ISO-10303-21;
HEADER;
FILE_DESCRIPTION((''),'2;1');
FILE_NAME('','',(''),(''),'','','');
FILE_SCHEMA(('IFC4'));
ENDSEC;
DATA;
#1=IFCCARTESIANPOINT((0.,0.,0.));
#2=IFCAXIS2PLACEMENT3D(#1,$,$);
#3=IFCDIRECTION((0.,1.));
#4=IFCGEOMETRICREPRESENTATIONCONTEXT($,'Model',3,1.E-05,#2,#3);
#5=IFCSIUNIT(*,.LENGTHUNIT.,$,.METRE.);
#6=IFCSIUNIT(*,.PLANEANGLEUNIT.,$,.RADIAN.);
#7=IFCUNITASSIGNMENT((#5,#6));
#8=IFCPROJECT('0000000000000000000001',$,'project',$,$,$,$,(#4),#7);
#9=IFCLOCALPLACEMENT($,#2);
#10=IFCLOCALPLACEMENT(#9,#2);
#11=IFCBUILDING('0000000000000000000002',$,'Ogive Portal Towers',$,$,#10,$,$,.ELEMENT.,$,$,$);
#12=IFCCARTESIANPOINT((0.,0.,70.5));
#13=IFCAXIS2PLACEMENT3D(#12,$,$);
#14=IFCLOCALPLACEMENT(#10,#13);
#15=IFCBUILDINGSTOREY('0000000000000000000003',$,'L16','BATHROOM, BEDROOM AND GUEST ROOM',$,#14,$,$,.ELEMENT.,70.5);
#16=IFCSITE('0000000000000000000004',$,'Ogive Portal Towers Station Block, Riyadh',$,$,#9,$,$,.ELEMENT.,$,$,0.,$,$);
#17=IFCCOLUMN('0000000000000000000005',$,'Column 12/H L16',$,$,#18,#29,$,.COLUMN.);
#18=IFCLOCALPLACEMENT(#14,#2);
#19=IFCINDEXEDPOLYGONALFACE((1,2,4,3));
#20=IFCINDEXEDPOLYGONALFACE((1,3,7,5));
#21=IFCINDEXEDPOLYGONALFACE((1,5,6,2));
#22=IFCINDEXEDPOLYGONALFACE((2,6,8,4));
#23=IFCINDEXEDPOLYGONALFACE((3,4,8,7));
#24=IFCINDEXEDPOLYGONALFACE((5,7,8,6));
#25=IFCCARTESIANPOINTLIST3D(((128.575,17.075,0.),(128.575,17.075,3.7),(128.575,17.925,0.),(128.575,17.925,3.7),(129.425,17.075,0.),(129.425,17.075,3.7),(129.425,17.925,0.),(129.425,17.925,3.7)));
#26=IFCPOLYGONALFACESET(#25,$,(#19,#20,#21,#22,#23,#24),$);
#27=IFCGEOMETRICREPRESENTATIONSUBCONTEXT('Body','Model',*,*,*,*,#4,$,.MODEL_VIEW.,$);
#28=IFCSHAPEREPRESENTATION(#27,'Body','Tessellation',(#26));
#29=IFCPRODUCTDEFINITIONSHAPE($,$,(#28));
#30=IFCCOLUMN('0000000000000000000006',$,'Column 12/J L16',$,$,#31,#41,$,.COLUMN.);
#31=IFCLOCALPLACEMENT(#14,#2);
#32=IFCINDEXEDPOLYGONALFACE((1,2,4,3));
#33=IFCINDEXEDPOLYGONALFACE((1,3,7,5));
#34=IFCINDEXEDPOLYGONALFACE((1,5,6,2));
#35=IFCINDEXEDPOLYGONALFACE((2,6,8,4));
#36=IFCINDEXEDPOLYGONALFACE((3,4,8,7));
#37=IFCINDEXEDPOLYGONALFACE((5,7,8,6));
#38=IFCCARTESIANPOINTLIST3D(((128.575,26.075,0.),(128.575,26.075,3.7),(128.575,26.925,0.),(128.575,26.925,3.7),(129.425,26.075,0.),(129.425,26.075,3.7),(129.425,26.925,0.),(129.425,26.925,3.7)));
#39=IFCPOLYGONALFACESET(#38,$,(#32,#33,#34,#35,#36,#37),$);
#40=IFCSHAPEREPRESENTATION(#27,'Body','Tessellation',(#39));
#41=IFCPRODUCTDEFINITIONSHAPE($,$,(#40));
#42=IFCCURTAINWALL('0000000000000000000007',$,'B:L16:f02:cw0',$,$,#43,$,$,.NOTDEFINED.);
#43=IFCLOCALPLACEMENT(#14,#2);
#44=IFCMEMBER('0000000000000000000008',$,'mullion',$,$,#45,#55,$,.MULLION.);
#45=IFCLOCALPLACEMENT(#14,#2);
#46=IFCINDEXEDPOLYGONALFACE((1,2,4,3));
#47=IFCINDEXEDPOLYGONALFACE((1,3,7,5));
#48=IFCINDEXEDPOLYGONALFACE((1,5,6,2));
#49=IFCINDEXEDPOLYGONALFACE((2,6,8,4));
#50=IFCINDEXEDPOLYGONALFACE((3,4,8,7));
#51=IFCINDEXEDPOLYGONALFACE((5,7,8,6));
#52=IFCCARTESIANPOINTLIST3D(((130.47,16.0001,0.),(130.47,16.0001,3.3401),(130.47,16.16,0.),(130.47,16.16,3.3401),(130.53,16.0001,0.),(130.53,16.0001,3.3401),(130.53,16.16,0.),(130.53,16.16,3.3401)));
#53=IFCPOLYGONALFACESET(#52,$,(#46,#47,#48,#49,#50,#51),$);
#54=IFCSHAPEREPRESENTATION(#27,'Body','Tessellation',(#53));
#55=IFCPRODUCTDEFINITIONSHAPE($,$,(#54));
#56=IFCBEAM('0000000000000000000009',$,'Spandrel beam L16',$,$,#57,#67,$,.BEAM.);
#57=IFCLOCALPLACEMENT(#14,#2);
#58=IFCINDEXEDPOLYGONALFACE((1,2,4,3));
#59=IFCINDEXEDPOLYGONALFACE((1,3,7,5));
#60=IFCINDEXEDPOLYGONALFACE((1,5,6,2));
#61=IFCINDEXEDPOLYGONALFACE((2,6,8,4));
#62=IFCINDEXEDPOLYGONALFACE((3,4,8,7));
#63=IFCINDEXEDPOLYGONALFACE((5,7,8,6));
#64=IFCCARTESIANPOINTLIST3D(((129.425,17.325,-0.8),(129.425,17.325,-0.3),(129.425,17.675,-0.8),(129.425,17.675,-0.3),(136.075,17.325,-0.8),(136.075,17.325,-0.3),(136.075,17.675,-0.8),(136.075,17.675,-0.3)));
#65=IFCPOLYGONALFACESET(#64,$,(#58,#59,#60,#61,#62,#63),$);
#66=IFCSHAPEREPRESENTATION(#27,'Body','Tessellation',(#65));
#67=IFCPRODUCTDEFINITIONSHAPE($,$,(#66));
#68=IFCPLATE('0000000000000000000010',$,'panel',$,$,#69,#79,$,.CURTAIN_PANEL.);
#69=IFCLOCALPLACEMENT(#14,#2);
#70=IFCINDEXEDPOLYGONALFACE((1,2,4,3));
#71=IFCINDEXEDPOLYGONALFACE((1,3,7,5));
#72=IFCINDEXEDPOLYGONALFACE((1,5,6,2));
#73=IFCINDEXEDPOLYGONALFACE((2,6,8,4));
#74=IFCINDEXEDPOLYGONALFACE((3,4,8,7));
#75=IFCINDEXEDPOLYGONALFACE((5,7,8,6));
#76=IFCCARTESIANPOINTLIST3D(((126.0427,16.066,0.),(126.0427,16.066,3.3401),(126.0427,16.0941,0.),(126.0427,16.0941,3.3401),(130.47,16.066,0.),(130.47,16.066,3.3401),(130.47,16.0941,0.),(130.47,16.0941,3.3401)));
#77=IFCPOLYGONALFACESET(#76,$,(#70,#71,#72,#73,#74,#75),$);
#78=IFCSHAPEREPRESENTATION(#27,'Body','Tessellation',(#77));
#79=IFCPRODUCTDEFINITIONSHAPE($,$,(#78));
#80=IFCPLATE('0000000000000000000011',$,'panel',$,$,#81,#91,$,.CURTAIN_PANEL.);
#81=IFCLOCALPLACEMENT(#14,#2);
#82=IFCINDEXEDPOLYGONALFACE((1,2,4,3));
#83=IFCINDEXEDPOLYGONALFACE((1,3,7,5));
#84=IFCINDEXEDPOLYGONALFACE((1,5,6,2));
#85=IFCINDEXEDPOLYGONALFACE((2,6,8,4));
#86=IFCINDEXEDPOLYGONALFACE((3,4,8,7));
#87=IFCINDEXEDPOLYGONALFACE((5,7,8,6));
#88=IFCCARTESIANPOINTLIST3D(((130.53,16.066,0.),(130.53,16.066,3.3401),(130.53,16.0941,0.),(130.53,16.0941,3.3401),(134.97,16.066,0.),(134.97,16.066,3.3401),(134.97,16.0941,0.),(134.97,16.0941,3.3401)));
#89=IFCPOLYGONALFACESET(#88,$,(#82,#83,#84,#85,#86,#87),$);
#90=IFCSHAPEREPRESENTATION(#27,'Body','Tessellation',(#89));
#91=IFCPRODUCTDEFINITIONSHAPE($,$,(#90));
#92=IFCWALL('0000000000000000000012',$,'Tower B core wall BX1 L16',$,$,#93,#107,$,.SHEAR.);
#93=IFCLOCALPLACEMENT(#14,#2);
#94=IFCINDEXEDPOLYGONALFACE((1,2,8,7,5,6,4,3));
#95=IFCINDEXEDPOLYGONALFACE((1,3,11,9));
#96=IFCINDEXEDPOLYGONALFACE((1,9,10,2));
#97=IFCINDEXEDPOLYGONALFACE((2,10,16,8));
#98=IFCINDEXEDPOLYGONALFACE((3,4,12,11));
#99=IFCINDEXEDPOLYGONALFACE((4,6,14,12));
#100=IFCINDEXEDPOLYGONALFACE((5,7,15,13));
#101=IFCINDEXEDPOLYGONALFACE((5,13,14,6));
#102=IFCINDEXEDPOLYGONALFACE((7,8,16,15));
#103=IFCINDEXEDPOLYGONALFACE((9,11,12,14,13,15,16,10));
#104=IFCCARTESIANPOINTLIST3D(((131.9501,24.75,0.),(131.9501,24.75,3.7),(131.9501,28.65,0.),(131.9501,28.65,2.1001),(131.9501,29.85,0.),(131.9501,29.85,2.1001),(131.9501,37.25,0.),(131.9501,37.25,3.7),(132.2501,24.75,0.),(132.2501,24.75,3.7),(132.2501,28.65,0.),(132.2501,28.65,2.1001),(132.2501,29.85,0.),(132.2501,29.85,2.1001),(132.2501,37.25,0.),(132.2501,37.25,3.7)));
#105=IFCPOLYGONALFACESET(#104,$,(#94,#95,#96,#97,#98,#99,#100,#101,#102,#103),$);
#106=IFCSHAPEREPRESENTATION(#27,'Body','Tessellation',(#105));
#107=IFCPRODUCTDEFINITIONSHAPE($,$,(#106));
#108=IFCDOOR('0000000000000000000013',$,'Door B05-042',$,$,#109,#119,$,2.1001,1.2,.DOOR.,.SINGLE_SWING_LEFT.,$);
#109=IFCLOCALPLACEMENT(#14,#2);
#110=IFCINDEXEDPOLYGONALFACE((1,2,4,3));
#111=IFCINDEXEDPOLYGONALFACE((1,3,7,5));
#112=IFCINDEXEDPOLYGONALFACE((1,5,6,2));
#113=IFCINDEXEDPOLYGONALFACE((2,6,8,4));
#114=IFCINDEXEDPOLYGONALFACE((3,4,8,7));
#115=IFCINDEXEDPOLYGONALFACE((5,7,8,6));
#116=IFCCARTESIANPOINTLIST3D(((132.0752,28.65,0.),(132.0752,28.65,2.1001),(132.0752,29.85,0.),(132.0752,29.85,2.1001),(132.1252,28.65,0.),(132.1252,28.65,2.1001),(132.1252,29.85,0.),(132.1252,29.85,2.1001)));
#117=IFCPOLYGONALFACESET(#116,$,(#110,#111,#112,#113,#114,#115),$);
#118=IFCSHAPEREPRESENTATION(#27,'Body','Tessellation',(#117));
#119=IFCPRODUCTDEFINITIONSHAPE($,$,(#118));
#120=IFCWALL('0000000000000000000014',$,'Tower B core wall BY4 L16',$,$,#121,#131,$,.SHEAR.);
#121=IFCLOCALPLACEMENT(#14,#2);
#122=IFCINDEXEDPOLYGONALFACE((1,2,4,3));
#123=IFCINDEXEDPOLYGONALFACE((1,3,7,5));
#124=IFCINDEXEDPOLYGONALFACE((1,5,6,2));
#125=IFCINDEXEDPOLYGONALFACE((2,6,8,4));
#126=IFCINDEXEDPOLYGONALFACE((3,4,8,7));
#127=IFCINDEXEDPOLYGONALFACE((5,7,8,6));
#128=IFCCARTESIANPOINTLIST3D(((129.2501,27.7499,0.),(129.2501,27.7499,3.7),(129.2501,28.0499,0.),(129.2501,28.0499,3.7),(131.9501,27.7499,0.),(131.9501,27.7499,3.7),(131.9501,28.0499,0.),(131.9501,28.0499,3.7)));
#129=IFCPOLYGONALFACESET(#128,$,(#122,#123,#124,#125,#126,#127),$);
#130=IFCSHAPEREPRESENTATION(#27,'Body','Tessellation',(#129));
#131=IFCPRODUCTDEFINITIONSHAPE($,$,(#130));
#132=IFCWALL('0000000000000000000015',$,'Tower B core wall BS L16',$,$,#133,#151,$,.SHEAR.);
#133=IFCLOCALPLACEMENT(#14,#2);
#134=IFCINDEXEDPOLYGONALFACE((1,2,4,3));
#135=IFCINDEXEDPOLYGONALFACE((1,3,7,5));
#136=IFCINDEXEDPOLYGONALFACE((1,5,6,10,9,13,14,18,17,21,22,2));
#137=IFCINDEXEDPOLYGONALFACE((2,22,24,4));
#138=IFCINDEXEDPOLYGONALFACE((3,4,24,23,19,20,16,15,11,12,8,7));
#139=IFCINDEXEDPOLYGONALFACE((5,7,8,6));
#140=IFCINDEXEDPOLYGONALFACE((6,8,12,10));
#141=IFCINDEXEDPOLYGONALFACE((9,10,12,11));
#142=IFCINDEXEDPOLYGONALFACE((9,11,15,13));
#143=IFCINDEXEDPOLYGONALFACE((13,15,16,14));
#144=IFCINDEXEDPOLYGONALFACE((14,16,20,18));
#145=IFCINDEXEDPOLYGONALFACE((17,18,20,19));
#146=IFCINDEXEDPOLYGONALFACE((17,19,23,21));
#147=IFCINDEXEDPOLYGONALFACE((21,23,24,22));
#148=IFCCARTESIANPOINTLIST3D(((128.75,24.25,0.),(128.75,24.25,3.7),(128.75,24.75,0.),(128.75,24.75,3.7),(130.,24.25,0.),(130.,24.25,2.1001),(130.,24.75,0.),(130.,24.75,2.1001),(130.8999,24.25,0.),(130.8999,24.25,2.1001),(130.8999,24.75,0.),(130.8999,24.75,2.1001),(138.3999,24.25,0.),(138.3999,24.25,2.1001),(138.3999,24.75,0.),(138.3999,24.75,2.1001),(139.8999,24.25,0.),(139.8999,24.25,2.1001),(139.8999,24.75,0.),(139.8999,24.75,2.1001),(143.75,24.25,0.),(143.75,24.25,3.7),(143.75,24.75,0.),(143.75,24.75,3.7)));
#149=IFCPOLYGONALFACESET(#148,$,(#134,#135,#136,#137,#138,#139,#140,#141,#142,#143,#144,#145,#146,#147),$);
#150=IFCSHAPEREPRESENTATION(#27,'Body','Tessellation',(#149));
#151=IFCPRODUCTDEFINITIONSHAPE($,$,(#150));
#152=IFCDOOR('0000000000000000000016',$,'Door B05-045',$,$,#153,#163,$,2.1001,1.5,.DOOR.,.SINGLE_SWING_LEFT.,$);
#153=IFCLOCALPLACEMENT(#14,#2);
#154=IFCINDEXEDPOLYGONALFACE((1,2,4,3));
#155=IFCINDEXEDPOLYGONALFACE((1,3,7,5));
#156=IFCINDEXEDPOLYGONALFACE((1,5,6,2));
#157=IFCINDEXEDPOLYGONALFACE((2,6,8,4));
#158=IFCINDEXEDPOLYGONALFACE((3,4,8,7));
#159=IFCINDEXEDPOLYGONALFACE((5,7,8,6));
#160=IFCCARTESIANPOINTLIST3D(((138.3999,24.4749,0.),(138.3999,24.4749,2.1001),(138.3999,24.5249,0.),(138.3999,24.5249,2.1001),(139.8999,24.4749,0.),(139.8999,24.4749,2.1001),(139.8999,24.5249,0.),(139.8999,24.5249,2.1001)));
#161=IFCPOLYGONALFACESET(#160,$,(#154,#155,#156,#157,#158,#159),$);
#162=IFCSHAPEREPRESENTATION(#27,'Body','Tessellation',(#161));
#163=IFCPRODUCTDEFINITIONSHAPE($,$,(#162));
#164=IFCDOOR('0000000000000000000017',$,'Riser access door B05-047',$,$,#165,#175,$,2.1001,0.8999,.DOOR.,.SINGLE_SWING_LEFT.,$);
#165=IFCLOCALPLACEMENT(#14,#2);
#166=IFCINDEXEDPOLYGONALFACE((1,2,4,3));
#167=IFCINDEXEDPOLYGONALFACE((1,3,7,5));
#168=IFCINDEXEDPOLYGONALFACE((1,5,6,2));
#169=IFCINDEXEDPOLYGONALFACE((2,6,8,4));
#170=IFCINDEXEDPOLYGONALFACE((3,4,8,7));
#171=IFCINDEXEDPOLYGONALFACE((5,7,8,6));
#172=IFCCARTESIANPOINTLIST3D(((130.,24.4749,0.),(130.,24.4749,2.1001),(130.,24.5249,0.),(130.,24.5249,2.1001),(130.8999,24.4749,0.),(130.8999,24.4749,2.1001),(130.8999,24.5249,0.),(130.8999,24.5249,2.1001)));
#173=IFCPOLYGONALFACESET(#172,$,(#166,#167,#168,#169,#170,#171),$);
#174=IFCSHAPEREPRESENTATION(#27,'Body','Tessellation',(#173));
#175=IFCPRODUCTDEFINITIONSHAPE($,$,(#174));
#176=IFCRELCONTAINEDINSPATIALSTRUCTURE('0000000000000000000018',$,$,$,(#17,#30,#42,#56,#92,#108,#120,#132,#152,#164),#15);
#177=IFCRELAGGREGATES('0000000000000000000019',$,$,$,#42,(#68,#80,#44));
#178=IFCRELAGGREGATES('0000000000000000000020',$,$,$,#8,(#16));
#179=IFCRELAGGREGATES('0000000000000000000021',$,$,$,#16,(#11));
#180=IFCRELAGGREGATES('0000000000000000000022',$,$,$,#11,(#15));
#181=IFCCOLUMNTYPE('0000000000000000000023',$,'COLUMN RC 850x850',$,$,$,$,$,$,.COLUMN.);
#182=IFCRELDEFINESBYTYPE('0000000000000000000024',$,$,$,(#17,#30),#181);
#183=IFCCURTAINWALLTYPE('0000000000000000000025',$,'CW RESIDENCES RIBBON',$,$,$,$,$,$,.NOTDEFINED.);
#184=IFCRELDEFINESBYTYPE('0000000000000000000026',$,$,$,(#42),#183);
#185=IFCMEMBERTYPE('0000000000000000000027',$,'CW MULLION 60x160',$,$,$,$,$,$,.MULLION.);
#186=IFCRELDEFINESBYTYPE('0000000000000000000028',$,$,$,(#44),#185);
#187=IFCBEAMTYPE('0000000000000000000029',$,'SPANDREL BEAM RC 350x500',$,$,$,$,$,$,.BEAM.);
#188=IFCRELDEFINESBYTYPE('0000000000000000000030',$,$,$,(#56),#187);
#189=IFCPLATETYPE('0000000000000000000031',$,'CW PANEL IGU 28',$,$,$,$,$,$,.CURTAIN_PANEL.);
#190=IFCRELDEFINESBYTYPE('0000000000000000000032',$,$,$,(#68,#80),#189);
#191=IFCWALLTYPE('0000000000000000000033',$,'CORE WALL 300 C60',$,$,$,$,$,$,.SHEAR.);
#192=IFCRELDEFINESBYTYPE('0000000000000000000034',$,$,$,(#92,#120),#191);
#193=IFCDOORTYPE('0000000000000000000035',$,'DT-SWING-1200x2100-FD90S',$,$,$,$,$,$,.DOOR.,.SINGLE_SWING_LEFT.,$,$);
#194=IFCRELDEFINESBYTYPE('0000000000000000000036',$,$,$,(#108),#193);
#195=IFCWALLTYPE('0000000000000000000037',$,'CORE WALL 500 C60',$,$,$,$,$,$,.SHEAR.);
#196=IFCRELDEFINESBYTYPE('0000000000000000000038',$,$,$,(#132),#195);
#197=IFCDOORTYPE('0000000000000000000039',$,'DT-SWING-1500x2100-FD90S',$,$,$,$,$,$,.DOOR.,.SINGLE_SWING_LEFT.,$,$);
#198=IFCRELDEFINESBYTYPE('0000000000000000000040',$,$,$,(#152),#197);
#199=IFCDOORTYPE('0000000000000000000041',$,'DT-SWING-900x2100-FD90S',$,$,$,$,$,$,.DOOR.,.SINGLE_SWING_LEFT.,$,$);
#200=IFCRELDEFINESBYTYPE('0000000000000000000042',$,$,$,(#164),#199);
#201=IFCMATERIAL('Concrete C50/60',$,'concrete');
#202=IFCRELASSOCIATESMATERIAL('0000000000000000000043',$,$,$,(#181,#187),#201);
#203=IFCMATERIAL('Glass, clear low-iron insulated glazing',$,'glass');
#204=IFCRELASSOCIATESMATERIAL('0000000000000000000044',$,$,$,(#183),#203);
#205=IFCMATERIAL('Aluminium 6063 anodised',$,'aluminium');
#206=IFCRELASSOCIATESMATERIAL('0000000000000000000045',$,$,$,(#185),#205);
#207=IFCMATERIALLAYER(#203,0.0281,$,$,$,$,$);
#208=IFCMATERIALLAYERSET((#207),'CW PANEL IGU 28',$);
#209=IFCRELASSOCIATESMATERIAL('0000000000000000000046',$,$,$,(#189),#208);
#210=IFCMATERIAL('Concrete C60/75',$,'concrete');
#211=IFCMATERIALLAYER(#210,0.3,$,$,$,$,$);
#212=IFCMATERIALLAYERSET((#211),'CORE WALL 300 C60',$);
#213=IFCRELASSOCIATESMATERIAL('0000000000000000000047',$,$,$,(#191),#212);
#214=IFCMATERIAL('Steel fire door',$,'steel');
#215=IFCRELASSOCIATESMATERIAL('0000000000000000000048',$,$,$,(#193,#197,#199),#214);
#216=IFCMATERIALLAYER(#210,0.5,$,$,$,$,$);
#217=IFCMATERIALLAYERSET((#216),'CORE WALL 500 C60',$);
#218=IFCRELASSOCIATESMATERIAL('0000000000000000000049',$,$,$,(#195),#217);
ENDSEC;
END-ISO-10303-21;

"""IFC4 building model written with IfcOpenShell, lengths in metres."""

from ifc_helpers import new_model, si_unit, direction, frame, frame_2d, origin, origin_2d, place, context, subcontext, project, spatial, rectangle, extrude, material, layer, layer_set, material_profile, profile_set, type_object, element, fill, aggregate, save


model = new_model("IFC4")

# Units and contexts
model_context = context("Model", 3, precision=1e-05, world=origin(), true_north=direction((0.0, 1.0)))
body_context = subcontext(model_context, "Body", "Model", "MODEL_VIEW")
ifc_project = project(units=[si_unit("LENGTHUNIT", "METRE"), si_unit("PLANEANGLEUNIT", "RADIAN")], contexts=[model_context])

# Site, building, storey
site_placement = place(None, origin())
site = spatial("IfcSite", under=ifc_project, at=site_placement, Name="Ogive Portal Towers Station Block, Riyadh", CompositionType="ELEMENT", RefElevation=0.0)
building_placement = place(site_placement, origin())
building = spatial("IfcBuilding", under=site, at=building_placement, Name="Ogive Portal Towers", CompositionType="ELEMENT")
storey_placement = place(building_placement, frame((0.0, 0.0, 70.5)))
storey = spatial("IfcBuildingStorey", under=building, at=storey_placement, Name="L16", Description="BATHROOM, BEDROOM AND GUEST ROOM", CompositionType="ELEMENT", Elevation=70.5)

# Columns
ifc_material_1 = material(Name="Concrete C50/60", Category="concrete")
ifc_material_profile_1 = material_profile(ifc_material_1, rectangle(XDim=0.8501, YDim=0.8501, at=origin_2d()), Name="RC 850x850")
ifc_profile_set_1 = profile_set([ifc_material_profile_1], Name="Concrete C50/60")
column_type = type_object("IfcColumnType", Name="COLUMN RC 850x850", PredefinedType="COLUMN", material=ifc_profile_set_1)
for number, where, z_axis, x_axis, name in (
    (1, (129.0, 17.5, 0.0), (0.0, 0.0, 1.0), (1.0, 0.0, 0.0), "Column 12/H L16"),
    (2, (129.0, 26.5, 0.0), (0.0, 0.0, 1.0), (1.0, 0.0, 0.0), "Column 12/J L16"),
):
    element("IfcColumn", number, at=place(storey_placement, frame(where, z_axis=z_axis, x_axis=x_axis)), inside=storey, type_object=column_type, Name=name, PredefinedType="COLUMN", context=body_context, shape_type="SweptSolid", body=[
        extrude(rectangle(XDim=0.8501, YDim=0.8501, at=origin_2d()), origin(), (0.0, 0.0, 1.0), 3.7),
    ])

# Curtain wall, member
ifc_material_2 = material(Name="Glass, clear low-iron insulated glazing", Category="glass")
curtain_wall_type = type_object("IfcCurtainWallType", Name="CW RESIDENCES RIBBON", PredefinedType="NOTDEFINED", material=ifc_material_2)
curtain_wall_placement = place(storey_placement, origin())
curtain_wall = element("IfcCurtainWall", 3, at=curtain_wall_placement, inside=storey, type_object=curtain_wall_type, Name="B:L16:f02:cw0", PredefinedType="NOTDEFINED")
ifc_material_3 = material(Name="Aluminium 6063 anodised", Category="aluminium")
ifc_material_profile_2 = material_profile(ifc_material_3, rectangle(XDim=0.1599, YDim=0.0601, at=origin_2d()), Name="AL 60x160")
ifc_profile_set_2 = profile_set([ifc_material_profile_2], Name="Aluminium 6063 anodised")
member_type = type_object("IfcMemberType", Name="CW MULLION 60x160", PredefinedType="MULLION", material=ifc_profile_set_2)
member_placement = place(storey_placement, frame((130.5, 16.0801, 0.0), z_axis=(0.0, 0.0, 1.0), x_axis=(0.0, 1.0, 0.0)))
member = element("IfcMember", 4, at=member_placement, type_object=member_type, Name="mullion", PredefinedType="MULLION", context=body_context, shape_type="SweptSolid", body=[
    extrude(rectangle(XDim=0.1599, YDim=0.0601, at=origin_2d()), origin(), (0.0, 0.0, 1.0), 3.3401),
])

# Beam
ifc_material_profile_3 = material_profile(ifc_material_1, rectangle(XDim=0.3501, YDim=0.5, at=origin_2d()), Name="RC 350x500")
ifc_profile_set_3 = profile_set([ifc_material_profile_3], Name="Concrete C50/60")
beam_type = type_object("IfcBeamType", Name="SPANDREL BEAM RC 350x500", PredefinedType="BEAM", material=ifc_profile_set_3)
beam_placement = place(storey_placement, frame((129.425, 17.5, -0.55), z_axis=(1.0, 0.0, 0.0), x_axis=(0.0, 1.0, 0.0)))
element("IfcBeam", 5, at=beam_placement, inside=storey, type_object=beam_type, Name="Spandrel beam L16", PredefinedType="BEAM", context=body_context, shape_type="SweptSolid", body=[
    extrude(rectangle(XDim=0.3501, YDim=0.5, at=origin_2d()), origin(), (0.0, 0.0, 1.0), 6.6499),
])

# Plates
ifc_layer_1 = layer(ifc_material_2, 0.0281)
ifc_layer_set_1 = layer_set([ifc_layer_1], Name="CW PANEL IGU 28")
plate_type = type_object("IfcPlateType", Name="CW PANEL IGU 28", PredefinedType="CURTAIN_PANEL", material=ifc_layer_set_1)
plate_1_placement = place(storey_placement, frame((128.2563, 16.0801, 0.0), z_axis=(0.0, 0.0, 1.0), x_axis=(1.0, 0.0, 0.0)))
plate_1 = element("IfcPlate", 6, at=plate_1_placement, type_object=plate_type, Name="panel", PredefinedType="CURTAIN_PANEL", context=body_context, shape_type="SweptSolid", body=[
    extrude(rectangle(XDim=4.4272, YDim=0.0281, at=origin_2d()), origin(), (0.0, 0.0, 1.0), 3.3401),
])
plate_2_placement = place(storey_placement, frame((132.75, 16.0801, 0.0), z_axis=(0.0, 0.0, 1.0), x_axis=(1.0, 0.0, 0.0)))
plate_2 = element("IfcPlate", 7, at=plate_2_placement, type_object=plate_type, Name="panel", PredefinedType="CURTAIN_PANEL", context=body_context, shape_type="SweptSolid", body=[
    extrude(rectangle(XDim=4.4399, YDim=0.0281, at=origin_2d()), origin(), (0.0, 0.0, 1.0), 3.3401),
])
aggregate(curtain_wall, [plate_1, plate_2, member])

# Wall, opening, door
ifc_material_4 = material(Name="Concrete C60/75", Category="concrete")
ifc_layer_2 = layer(ifc_material_4, 0.3)
ifc_layer_set_2 = layer_set([ifc_layer_2], Name="CORE WALL 300 C60")
wall_type_1 = type_object("IfcWallType", Name="CORE WALL 300 C60", PredefinedType="SHEAR", material=ifc_layer_set_2)
wall_1_placement = place(storey_placement, frame((132.1001, 24.75, 0.0), z_axis=(0.0, 0.0, 1.0), x_axis=(0.0, 1.0, 0.0)))
wall_1 = element("IfcWall", 8, at=wall_1_placement, inside=storey, type_object=wall_type_1, Name="Tower B core wall BX1 L16", PredefinedType="SHEAR", context=body_context, shape_type="SweptSolid", body=[
    extrude(rectangle(XDim=12.5, YDim=0.3, at=frame_2d((6.25, 0.0))), origin(), (0.0, 0.0, 1.0), 3.7),
])
opening_1_placement = place(wall_1_placement, frame((3.8999, 0.0, 0.0)))
opening_1 = element("IfcOpeningElement", 9, at=opening_1_placement, cuts=wall_1, PredefinedType="OPENING", context=body_context, shape_type="SweptSolid", body=[
    extrude(rectangle(XDim=1.2, YDim=2.1001, at=frame_2d((0.6001, 1.05))), frame((0.0, 0.1602, 0.0), z_axis=(0.0, -1.0, 0.0), x_axis=(1.0, 0.0, 0.0)), (0.0, 0.0, 1.0), 0.3201),
])
ifc_material_5 = material(Name="Steel fire door", Category="steel")
door_type_1 = type_object("IfcDoorType", Name="DT-SWING-1200x2100-FD90S", OperationType="SINGLE_SWING_LEFT", PredefinedType="DOOR", material=ifc_material_5)
door_1_placement = place(opening_1_placement, origin())
door_1 = element("IfcDoor", 10, at=door_1_placement, inside=storey, type_object=door_type_1, Name="Door B05-042", OperationType="SINGLE_SWING_LEFT", OverallHeight=2.1001, OverallWidth=1.2, PredefinedType="DOOR", context=body_context, shape_type="SweptSolid", body=[
    extrude(rectangle(XDim=1.2, YDim=2.1001, at=frame_2d((0.6001, 1.05))), frame((0.0, 0.0249, 0.0), z_axis=(0.0, -1.0, 0.0), x_axis=(1.0, 0.0, 0.0)), (0.0, 0.0, 1.0), 0.05),
])
fill(opening_1, door_1)

# Wall
wall_2_placement = place(storey_placement, frame((129.25, 27.8999, 0.0), z_axis=(0.0, 0.0, 1.0), x_axis=(1.0, 0.0, 0.0)))
element("IfcWall", 11, at=wall_2_placement, inside=storey, type_object=wall_type_1, Name="Tower B core wall BY4 L16", PredefinedType="SHEAR", context=body_context, shape_type="SweptSolid", body=[
    extrude(rectangle(XDim=2.7, YDim=0.3, at=frame_2d((1.3501, 0.0))), origin(), (0.0, 0.0, 1.0), 3.7),
])

# Wall, openings, doors
ifc_layer_3 = layer(ifc_material_4, 0.5)
ifc_layer_set_3 = layer_set([ifc_layer_3], Name="CORE WALL 500 C60")
wall_type_2 = type_object("IfcWallType", Name="CORE WALL 500 C60", PredefinedType="SHEAR", material=ifc_layer_set_3)
wall_3_placement = place(storey_placement, frame((128.75, 24.5, 0.0), z_axis=(0.0, 0.0, 1.0), x_axis=(1.0, 0.0, 0.0)))
wall_3 = element("IfcWall", 12, at=wall_3_placement, inside=storey, type_object=wall_type_2, Name="Tower B core wall BS L16", PredefinedType="SHEAR", context=body_context, shape_type="SweptSolid", body=[
    extrude(rectangle(XDim=15.0, YDim=0.5, at=frame_2d((7.5, 0.0))), origin(), (0.0, 0.0, 1.0), 3.7),
])
opening_2_placement = place(wall_3_placement, frame((9.6499, 0.0, 0.0)))
opening_2 = element("IfcOpeningElement", 13, at=opening_2_placement, cuts=wall_3, PredefinedType="OPENING", context=body_context, shape_type="SweptSolid", body=[
    extrude(rectangle(XDim=1.5, YDim=2.1001, at=frame_2d((0.75, 1.05))), frame((0.0, 0.26, 0.0), z_axis=(0.0, -1.0, 0.0), x_axis=(1.0, 0.0, 0.0)), (0.0, 0.0, 1.0), 0.52),
])
opening_3_placement = place(wall_3_placement, frame((1.25, 0.0, 0.0)))
opening_3 = element("IfcOpeningElement", 14, at=opening_3_placement, cuts=wall_3, PredefinedType="OPENING", context=body_context, shape_type="SweptSolid", body=[
    extrude(rectangle(XDim=0.8999, YDim=2.1001, at=frame_2d((0.45, 1.05))), frame((0.0, 0.26, 0.0), z_axis=(0.0, -1.0, 0.0), x_axis=(1.0, 0.0, 0.0)), (0.0, 0.0, 1.0), 0.52),
])
door_type_2 = type_object("IfcDoorType", Name="DT-SWING-1500x2100-FD90S", OperationType="SINGLE_SWING_LEFT", PredefinedType="DOOR", material=ifc_material_5)
door_2_placement = place(opening_2_placement, origin())
door_2 = element("IfcDoor", 15, at=door_2_placement, inside=storey, type_object=door_type_2, Name="Door B05-045", OperationType="SINGLE_SWING_LEFT", OverallHeight=2.1001, OverallWidth=1.5, PredefinedType="DOOR", context=body_context, shape_type="SweptSolid", body=[
    extrude(rectangle(XDim=1.5, YDim=2.1001, at=frame_2d((0.75, 1.05))), frame((0.0, 0.0249, 0.0), z_axis=(0.0, -1.0, 0.0), x_axis=(1.0, 0.0, 0.0)), (0.0, 0.0, 1.0), 0.05),
])
fill(opening_2, door_2)
door_type_3 = type_object("IfcDoorType", Name="DT-SWING-900x2100-FD90S", OperationType="SINGLE_SWING_LEFT", PredefinedType="DOOR", material=ifc_material_5)
door_3_placement = place(opening_3_placement, origin())
door_3 = element("IfcDoor", 16, at=door_3_placement, inside=storey, type_object=door_type_3, Name="Riser access door B05-047", OperationType="SINGLE_SWING_LEFT", OverallHeight=2.1001, OverallWidth=0.8999, PredefinedType="DOOR", context=body_context, shape_type="SweptSolid", body=[
    extrude(rectangle(XDim=0.8999, YDim=2.1001, at=frame_2d((0.45, 1.05))), frame((0.0, 0.0249, 0.0), z_axis=(0.0, -1.0, 0.0), x_axis=(1.0, 0.0, 0.0)), (0.0, 0.0, 1.0), 0.05),
])
fill(opening_3, door_3)

save(model, "model.ifc")
